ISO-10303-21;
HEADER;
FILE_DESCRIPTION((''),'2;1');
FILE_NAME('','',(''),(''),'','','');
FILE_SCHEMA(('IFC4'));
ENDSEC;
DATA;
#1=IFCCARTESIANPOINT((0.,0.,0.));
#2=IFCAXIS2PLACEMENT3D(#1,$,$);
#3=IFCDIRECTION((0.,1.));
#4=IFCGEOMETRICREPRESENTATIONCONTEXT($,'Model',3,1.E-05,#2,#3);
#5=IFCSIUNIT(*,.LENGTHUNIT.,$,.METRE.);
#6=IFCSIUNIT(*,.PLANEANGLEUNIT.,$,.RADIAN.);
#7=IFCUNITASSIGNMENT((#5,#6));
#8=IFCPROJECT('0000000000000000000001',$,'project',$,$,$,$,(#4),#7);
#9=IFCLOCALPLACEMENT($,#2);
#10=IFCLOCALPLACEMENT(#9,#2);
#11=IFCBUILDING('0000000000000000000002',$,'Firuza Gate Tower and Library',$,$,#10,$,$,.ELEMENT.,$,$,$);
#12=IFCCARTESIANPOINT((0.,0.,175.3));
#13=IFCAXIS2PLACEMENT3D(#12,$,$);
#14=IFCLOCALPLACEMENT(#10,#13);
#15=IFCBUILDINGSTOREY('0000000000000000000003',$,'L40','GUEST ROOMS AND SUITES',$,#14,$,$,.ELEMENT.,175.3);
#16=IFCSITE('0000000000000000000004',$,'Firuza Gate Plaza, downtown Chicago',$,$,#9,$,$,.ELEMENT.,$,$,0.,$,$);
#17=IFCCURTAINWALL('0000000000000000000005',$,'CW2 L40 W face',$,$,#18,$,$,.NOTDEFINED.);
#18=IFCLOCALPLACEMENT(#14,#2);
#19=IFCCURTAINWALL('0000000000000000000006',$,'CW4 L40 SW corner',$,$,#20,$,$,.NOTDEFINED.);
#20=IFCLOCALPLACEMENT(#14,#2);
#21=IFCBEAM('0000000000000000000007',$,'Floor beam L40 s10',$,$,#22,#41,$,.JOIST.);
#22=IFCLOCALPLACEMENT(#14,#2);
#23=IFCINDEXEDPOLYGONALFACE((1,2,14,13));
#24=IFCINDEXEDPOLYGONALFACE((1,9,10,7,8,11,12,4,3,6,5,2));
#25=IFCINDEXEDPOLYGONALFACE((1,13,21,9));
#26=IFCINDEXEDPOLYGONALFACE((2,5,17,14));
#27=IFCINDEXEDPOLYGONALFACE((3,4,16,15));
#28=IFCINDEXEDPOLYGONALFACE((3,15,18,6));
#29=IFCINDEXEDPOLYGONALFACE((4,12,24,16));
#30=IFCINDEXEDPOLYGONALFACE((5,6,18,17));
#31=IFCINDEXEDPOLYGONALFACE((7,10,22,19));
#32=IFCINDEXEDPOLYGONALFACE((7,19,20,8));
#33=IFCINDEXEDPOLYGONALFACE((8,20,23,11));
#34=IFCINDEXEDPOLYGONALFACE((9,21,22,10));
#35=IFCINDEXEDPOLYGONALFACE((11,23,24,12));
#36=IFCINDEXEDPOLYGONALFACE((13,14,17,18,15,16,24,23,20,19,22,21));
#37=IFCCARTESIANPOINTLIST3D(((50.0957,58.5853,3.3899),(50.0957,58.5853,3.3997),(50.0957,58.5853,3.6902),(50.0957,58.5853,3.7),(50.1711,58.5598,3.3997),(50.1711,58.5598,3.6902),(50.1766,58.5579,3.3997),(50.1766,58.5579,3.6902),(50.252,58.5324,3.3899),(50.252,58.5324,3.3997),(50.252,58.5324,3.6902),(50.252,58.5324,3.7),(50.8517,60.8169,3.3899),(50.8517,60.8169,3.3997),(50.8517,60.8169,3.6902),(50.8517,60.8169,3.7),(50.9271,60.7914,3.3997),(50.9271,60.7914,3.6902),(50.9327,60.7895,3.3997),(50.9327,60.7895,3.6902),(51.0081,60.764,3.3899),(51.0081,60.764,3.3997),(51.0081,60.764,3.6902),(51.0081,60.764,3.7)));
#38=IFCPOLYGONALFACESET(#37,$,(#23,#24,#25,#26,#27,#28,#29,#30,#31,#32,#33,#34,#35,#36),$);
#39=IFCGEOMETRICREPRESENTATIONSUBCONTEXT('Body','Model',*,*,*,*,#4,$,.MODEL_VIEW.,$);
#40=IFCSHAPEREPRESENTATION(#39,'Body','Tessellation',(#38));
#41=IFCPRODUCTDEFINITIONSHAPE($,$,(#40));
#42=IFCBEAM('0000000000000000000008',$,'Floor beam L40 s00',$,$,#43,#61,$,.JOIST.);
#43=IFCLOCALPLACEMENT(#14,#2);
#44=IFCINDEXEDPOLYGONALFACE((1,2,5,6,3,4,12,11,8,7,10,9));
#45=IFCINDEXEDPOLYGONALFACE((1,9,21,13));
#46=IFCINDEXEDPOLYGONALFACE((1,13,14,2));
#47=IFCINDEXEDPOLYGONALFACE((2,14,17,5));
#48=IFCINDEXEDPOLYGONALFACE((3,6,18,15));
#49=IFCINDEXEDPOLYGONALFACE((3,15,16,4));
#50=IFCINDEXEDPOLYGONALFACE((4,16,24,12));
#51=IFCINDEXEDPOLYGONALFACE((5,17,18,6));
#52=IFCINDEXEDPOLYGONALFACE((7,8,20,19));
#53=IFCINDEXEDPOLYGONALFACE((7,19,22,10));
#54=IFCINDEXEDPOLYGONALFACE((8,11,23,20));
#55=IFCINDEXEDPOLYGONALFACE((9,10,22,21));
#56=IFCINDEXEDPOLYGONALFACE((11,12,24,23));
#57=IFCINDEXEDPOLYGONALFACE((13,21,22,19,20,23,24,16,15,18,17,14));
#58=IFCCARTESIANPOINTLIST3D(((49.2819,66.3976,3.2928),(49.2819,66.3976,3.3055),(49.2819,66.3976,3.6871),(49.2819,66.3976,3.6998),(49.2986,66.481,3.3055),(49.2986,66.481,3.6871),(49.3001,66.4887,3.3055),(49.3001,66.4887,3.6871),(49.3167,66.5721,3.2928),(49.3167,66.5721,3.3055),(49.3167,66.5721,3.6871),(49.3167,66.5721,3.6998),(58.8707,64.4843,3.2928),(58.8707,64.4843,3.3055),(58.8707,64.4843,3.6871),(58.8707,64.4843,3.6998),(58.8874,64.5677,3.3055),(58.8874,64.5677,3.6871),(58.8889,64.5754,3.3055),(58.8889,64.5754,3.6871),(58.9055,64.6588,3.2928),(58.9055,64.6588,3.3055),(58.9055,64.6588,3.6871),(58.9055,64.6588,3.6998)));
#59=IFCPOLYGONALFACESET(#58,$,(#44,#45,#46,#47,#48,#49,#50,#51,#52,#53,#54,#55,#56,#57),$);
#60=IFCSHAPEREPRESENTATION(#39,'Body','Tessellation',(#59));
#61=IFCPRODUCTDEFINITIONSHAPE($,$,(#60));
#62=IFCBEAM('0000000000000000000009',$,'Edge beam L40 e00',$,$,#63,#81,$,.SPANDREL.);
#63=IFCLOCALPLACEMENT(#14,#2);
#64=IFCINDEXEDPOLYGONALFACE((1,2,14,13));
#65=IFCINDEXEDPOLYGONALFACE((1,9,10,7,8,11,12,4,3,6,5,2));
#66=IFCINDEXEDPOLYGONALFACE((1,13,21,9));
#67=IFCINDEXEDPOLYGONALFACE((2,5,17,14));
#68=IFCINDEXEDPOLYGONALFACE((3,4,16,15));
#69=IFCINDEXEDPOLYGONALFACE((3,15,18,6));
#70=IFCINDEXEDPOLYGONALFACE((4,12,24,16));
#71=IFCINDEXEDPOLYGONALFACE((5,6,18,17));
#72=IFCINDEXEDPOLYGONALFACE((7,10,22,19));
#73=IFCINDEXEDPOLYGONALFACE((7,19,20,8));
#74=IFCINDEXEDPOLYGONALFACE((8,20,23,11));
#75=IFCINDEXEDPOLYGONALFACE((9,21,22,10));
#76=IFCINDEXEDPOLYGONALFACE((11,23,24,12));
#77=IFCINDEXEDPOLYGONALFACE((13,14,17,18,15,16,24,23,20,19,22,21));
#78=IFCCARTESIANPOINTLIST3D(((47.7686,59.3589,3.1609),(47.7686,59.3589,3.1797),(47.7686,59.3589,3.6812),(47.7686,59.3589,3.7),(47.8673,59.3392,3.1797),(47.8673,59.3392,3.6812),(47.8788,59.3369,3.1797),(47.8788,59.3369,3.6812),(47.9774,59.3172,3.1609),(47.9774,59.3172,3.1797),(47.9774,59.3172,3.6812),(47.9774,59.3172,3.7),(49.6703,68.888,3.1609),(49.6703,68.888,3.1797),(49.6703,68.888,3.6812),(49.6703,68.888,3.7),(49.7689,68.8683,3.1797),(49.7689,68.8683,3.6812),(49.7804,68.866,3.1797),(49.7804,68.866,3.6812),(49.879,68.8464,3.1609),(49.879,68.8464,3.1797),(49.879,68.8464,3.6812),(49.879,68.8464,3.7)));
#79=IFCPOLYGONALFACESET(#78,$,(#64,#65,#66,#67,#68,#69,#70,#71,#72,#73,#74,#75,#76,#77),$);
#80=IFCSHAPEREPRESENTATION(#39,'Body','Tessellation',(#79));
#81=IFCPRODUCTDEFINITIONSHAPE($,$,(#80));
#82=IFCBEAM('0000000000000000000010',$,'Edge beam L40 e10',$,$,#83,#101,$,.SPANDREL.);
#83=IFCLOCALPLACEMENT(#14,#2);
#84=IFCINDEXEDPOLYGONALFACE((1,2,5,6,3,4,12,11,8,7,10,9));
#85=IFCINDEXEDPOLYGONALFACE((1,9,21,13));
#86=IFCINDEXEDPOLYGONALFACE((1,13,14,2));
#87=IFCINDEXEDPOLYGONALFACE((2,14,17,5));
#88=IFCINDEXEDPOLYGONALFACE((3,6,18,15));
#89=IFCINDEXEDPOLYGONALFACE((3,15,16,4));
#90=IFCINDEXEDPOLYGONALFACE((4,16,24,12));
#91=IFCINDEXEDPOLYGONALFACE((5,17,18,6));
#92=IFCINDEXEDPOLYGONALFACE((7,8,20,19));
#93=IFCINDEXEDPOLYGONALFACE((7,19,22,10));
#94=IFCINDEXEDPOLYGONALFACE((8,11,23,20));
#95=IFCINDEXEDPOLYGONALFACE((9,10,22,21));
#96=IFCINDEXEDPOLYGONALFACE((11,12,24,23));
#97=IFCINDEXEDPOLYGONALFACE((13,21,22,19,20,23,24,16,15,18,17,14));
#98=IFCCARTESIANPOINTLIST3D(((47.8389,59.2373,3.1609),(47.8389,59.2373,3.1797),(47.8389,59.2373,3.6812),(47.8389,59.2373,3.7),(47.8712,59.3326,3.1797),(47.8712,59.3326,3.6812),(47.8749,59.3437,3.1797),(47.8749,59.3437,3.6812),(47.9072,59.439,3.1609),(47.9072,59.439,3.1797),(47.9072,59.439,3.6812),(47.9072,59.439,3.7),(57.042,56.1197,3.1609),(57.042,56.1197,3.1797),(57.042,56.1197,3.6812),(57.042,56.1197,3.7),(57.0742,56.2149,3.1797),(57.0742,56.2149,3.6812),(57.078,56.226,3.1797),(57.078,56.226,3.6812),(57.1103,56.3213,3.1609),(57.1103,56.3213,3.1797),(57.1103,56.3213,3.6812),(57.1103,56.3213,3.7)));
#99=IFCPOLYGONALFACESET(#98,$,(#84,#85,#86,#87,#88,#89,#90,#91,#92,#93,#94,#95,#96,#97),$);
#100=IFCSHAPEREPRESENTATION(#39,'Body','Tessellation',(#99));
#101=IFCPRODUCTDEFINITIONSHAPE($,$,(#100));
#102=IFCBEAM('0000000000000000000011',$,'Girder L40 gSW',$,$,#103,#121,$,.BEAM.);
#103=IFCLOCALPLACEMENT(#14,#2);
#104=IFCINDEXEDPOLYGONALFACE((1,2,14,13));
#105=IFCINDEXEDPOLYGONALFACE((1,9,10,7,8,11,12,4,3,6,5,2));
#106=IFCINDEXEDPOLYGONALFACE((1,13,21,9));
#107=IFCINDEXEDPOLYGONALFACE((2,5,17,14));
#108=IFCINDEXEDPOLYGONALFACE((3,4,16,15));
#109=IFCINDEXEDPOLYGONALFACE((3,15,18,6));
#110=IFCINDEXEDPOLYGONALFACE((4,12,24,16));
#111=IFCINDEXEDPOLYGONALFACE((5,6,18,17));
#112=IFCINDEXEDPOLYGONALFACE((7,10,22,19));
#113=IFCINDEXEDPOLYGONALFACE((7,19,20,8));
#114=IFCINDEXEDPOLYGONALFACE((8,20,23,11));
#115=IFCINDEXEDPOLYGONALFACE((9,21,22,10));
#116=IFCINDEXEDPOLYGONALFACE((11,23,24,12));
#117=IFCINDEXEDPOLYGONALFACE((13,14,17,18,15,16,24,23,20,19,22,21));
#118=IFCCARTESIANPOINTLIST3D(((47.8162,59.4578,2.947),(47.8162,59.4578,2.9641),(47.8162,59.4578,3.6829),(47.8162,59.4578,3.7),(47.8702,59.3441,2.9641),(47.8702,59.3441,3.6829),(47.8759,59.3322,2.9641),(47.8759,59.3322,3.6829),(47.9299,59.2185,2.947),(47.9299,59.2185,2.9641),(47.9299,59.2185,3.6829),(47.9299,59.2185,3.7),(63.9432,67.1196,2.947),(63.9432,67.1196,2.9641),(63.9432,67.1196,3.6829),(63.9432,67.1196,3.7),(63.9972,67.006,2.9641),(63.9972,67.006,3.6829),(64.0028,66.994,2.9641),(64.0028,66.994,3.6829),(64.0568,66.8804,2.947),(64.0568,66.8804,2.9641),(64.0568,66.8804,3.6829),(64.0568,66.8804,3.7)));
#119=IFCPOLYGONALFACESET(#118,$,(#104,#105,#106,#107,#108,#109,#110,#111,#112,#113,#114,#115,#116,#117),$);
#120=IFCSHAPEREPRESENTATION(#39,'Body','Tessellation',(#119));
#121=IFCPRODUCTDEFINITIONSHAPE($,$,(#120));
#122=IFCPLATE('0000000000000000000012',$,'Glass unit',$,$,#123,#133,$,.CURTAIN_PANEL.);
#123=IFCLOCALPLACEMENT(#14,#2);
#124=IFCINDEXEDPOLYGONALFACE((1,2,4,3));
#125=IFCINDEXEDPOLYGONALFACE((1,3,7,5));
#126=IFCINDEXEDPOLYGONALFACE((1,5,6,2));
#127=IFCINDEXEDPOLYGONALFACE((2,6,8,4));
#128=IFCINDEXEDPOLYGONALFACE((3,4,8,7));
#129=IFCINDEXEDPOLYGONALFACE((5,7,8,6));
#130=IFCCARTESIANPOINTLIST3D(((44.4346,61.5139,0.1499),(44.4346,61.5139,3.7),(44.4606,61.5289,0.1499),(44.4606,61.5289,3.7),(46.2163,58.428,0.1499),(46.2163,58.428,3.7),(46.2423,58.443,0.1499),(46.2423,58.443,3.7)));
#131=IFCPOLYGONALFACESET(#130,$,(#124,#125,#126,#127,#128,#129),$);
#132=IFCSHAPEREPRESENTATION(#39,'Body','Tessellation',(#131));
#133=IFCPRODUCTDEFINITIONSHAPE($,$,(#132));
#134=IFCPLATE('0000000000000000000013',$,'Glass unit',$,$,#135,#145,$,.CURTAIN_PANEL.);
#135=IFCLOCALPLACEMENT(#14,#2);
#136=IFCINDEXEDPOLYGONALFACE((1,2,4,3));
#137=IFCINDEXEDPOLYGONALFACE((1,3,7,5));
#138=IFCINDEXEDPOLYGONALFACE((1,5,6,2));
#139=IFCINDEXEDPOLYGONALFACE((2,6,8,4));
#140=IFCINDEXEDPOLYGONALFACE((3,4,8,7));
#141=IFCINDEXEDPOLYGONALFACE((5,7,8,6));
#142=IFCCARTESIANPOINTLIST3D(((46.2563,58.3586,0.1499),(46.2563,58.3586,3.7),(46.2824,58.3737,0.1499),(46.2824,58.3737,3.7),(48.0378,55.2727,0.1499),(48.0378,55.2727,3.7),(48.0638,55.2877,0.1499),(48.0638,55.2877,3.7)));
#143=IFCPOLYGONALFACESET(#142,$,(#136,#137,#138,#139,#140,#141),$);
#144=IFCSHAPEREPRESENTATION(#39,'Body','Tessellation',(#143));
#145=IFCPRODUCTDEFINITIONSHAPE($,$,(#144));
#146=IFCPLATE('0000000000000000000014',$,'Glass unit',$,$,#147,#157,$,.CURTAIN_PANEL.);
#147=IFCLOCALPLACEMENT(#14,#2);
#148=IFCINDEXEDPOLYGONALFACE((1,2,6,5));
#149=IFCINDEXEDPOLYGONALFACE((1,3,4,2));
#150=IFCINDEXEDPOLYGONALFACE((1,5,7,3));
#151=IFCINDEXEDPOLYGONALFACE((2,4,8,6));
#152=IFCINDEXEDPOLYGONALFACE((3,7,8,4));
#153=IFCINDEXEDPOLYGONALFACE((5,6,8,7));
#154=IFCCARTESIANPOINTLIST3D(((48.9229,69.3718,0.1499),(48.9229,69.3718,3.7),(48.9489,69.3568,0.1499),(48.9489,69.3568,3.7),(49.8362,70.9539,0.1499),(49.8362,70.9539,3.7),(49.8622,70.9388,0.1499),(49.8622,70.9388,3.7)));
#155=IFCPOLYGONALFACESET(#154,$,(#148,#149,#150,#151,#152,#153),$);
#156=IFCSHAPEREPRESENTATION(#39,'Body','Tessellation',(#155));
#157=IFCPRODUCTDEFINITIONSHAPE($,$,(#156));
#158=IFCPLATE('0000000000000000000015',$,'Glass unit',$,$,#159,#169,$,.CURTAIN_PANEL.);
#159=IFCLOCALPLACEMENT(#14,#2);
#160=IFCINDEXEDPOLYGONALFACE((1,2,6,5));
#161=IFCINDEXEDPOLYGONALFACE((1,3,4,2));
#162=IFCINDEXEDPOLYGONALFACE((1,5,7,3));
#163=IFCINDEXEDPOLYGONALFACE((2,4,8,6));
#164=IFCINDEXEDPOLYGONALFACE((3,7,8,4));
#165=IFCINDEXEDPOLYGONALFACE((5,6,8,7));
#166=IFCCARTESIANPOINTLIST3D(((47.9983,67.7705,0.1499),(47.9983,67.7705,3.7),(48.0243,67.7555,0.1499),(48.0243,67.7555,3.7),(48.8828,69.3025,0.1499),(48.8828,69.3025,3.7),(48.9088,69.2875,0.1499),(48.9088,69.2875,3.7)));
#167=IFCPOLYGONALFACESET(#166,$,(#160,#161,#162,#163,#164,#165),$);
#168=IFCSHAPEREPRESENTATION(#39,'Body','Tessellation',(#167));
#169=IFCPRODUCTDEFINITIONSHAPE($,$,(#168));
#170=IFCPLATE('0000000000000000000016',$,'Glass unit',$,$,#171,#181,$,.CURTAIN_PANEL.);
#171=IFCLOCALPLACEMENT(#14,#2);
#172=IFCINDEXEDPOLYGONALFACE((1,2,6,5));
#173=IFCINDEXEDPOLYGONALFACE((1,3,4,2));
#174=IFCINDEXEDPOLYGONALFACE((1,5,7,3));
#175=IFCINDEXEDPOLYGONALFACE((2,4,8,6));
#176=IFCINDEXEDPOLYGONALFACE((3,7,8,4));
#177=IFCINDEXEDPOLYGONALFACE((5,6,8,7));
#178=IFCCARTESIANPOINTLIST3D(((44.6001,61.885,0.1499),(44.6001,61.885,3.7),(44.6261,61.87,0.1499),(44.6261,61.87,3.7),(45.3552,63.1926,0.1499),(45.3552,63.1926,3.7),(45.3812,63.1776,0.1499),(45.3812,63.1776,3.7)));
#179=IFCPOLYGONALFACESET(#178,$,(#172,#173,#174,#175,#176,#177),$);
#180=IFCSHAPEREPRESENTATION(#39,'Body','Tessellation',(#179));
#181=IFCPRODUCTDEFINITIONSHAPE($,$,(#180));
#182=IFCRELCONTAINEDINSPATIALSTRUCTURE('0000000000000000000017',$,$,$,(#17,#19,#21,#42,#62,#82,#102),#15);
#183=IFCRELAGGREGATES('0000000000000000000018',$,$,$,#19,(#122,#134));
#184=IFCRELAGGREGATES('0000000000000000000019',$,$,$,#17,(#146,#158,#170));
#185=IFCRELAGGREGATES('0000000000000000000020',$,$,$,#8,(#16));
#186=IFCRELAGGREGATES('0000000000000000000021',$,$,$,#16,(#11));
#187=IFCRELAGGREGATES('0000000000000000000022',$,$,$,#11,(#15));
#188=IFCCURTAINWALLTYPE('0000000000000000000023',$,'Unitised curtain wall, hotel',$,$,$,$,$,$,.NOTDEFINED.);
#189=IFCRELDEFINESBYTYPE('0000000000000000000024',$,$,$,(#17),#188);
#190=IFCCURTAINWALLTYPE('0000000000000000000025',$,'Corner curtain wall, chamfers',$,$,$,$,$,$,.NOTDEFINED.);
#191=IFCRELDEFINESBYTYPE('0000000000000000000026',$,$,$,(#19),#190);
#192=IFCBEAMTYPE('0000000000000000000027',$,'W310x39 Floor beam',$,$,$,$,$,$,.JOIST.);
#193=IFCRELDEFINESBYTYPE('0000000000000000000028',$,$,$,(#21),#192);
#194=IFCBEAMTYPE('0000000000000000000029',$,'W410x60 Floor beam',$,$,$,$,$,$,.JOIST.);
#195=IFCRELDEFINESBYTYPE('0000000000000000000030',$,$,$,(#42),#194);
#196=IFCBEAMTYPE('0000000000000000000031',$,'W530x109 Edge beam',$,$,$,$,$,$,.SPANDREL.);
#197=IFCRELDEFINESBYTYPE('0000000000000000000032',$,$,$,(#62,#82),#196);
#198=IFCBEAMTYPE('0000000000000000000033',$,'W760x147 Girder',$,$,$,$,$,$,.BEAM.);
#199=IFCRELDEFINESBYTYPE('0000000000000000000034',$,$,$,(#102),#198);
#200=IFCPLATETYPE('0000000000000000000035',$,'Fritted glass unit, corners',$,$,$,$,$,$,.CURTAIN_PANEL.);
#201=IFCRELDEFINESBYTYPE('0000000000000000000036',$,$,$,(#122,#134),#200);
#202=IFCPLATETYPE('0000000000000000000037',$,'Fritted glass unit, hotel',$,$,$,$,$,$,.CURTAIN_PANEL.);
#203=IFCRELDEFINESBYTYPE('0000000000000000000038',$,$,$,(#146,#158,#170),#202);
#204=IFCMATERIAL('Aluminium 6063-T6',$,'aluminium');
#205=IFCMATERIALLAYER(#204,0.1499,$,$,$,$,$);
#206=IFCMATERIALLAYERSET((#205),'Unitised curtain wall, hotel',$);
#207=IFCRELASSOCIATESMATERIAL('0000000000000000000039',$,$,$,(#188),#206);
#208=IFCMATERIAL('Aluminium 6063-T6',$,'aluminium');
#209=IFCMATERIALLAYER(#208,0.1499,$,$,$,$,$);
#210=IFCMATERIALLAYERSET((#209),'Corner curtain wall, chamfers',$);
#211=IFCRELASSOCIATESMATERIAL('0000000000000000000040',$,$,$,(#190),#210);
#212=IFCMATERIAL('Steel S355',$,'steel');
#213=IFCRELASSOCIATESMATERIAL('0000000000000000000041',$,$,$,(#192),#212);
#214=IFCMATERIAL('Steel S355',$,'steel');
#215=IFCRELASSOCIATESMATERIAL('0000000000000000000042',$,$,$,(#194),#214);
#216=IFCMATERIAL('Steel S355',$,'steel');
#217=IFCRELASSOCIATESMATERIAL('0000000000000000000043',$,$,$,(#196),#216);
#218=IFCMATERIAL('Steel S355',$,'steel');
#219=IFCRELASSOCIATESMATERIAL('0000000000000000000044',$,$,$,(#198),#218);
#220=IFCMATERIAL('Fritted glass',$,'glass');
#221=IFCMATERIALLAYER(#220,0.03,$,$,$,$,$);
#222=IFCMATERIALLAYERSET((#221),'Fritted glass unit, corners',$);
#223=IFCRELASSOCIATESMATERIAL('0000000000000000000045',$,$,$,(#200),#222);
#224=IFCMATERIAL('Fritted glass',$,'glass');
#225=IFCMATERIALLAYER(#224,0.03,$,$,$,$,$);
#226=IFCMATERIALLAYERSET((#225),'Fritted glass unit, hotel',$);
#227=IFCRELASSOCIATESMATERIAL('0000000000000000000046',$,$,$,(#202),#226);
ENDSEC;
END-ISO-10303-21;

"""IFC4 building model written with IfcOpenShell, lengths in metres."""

from ifc_helpers import new_model, si_unit, direction, frame, origin, origin_2d, place, context, subcontext, project, spatial, polyline, i_section, outline, extrude, material, layer, layer_set, material_profile, profile_set, type_object, element, aggregate, save


model = new_model("IFC4")

# Units and contexts
model_context = context("Model", 3, precision=1e-05, world=origin(), true_north=direction((0.0, 1.0)))
body_context = subcontext(model_context, "Body", "Model", "MODEL_VIEW")
ifc_project = project(units=[si_unit("LENGTHUNIT", "METRE"), si_unit("PLANEANGLEUNIT", "RADIAN")], contexts=[model_context])

# Site, building, storey
site_placement = place(None, origin())
site = spatial("IfcSite", under=ifc_project, at=site_placement, Name="Firuza Gate Plaza, downtown Chicago", CompositionType="ELEMENT", RefElevation=0.0)
building_placement = place(site_placement, origin())
building = spatial("IfcBuilding", under=site, at=building_placement, Name="Firuza Gate Tower and Library", CompositionType="ELEMENT")
storey_placement = place(building_placement, frame((0.0, 0.0, 175.3)))
storey = spatial("IfcBuildingStorey", under=building, at=storey_placement, Name="L40", Description="GUEST ROOMS AND SUITES", CompositionType="ELEMENT", Elevation=175.3)

# Curtain walls
ifc_material_1 = material(Name="Aluminium 6063-T6", Category="aluminium")
ifc_layer_1 = layer(ifc_material_1, 0.1499)
ifc_layer_set_1 = layer_set([ifc_layer_1], Name="Unitised curtain wall, hotel")
curtain_wall_type_1 = type_object("IfcCurtainWallType", Name="Unitised curtain wall, hotel", PredefinedType="NOTDEFINED", material=ifc_layer_set_1)
placement = place(storey_placement, origin())
curtain_wall_1 = element("IfcCurtainWall", 1, at=placement, inside=storey, type_object=curtain_wall_type_1, Name="CW2 L40 W face", PredefinedType="NOTDEFINED")
ifc_material_2 = material(Name="Aluminium 6063-T6", Category="aluminium")
ifc_layer_2 = layer(ifc_material_2, 0.1499)
ifc_layer_set_2 = layer_set([ifc_layer_2], Name="Corner curtain wall, chamfers")
curtain_wall_type_2 = type_object("IfcCurtainWallType", Name="Corner curtain wall, chamfers", PredefinedType="NOTDEFINED", material=ifc_layer_set_2)
curtain_wall_2 = element("IfcCurtainWall", 2, at=placement, inside=storey, type_object=curtain_wall_type_2, Name="CW4 L40 SW corner", PredefinedType="NOTDEFINED")

# Beams
ifc_material_3 = material(Name="Steel S355", Category="steel")
ifc_material_profile_1 = material_profile(ifc_material_3, i_section(OverallWidth=0.165, OverallDepth=0.3101, WebThickness=0.0059, FlangeThickness=0.0098, at=origin_2d()))
ifc_profile_set_1 = profile_set([ifc_material_profile_1], Name="Steel S355")
beam_type_1 = type_object("IfcBeamType", Name="W310x39 Floor beam", PredefinedType="JOIST", material=ifc_profile_set_1)
beam_1_placement = place(storey_placement, frame((50.1738, 58.5588, 3.5449), z_axis=(0.320886, 0.947118, 0.0), x_axis=(-0.947118, 0.320886, 0.0)))
element("IfcBeam", 3, at=beam_1_placement, inside=storey, type_object=beam_type_1, Name="Floor beam L40 s10", PredefinedType="JOIST", context=body_context, shape_type="SweptSolid", body=[
    extrude(i_section(OverallWidth=0.165, OverallDepth=0.3101, WebThickness=0.0059, FlangeThickness=0.0098, at=origin_2d()), origin(), (0.0, 0.0, 1.0), 2.3562),
])
ifc_material_4 = material(Name="Steel S355", Category="steel")
ifc_material_profile_2 = material_profile(ifc_material_4, i_section(OverallWidth=0.178, OverallDepth=0.407, WebThickness=0.0078, FlangeThickness=0.0127, at=origin_2d()))
ifc_profile_set_2 = profile_set([ifc_material_profile_2], Name="Steel S355")
beam_type_2 = type_object("IfcBeamType", Name="W410x60 Floor beam", PredefinedType="JOIST", material=ifc_profile_set_2)
beam_2_placement = place(storey_placement, frame((49.2993, 66.4849, 3.4963), z_axis=(0.980668, -0.195679, 0.0), x_axis=(0.195679, 0.980668, 0.0)))
element("IfcBeam", 4, at=beam_2_placement, inside=storey, type_object=beam_type_2, Name="Floor beam L40 s00", PredefinedType="JOIST", context=body_context, shape_type="SweptSolid", body=[
    extrude(i_section(OverallWidth=0.178, OverallDepth=0.407, WebThickness=0.0078, FlangeThickness=0.0127, at=origin_2d()), origin(), (0.0, 0.0, 1.0), 9.7778),
])
ifc_material_5 = material(Name="Steel S355", Category="steel")
ifc_material_profile_3 = material_profile(ifc_material_5, i_section(OverallWidth=0.2129, OverallDepth=0.5391, WebThickness=0.0117, FlangeThickness=0.0188, at=origin_2d()))
ifc_profile_set_3 = profile_set([ifc_material_profile_3], Name="Steel S355")
beam_type_3 = type_object("IfcBeamType", Name="W530x109 Edge beam", PredefinedType="SPANDREL", material=ifc_profile_set_3)
beam_3_placement = place(storey_placement, frame((49.7747, 68.8672, 3.4304), z_axis=(-0.195701, -0.980664, 0.0), x_axis=(0.980664, -0.195701, 0.0)))
element("IfcBeam", 5, at=beam_3_placement, inside=storey, type_object=beam_type_3, Name="Edge beam L40 e00", PredefinedType="SPANDREL", context=body_context, shape_type="SweptSolid", body=[
    extrude(i_section(OverallWidth=0.2129, OverallDepth=0.5391, WebThickness=0.0117, FlangeThickness=0.0188, at=origin_2d()), origin(), (0.0, 0.0, 1.0), 9.717),
])
beam_4_placement = place(storey_placement, frame((47.873, 59.3381, 3.4304), z_axis=(0.947129, -0.320852, 0.0), x_axis=(0.320852, 0.947129, 0.0)))
element("IfcBeam", 6, at=beam_4_placement, inside=storey, type_object=beam_type_3, Name="Edge beam L40 e10", PredefinedType="SPANDREL", context=body_context, shape_type="SweptSolid", body=[
    extrude(i_section(OverallWidth=0.2129, OverallDepth=0.5391, WebThickness=0.0117, FlangeThickness=0.0188, at=origin_2d()), origin(), (0.0, 0.0, 1.0), 9.7168),
])
ifc_material_6 = material(Name="Steel S355", Category="steel")
ifc_material_profile_4 = material_profile(ifc_material_6, i_section(OverallWidth=0.2649, OverallDepth=0.7529, WebThickness=0.0132, FlangeThickness=0.0171, at=origin_2d()))
ifc_profile_set_4 = profile_set([ifc_material_profile_4], Name="Steel S355")
beam_type_4 = type_object("IfcBeamType", Name="W760x147 Girder", PredefinedType="BEAM", material=ifc_profile_set_4)
beam_5_placement = place(storey_placement, frame((47.873, 59.3381, 3.3235), z_axis=(0.903244, 0.429128, 0.0), x_axis=(-0.429128, 0.903244, 0.0)))
element("IfcBeam", 7, at=beam_5_placement, inside=storey, type_object=beam_type_4, Name="Girder L40 gSW", PredefinedType="BEAM", context=body_context, shape_type="SweptSolid", body=[
    extrude(i_section(OverallWidth=0.2649, OverallDepth=0.7529, WebThickness=0.0132, FlangeThickness=0.0171, at=origin_2d()), origin(), (0.0, 0.0, 1.0), 17.8545),
])

# Plates
ifc_material_7 = material(Name="Fritted glass", Category="glass")
ifc_layer_3 = layer(ifc_material_7, 0.03)
ifc_layer_set_3 = layer_set([ifc_layer_3], Name="Fritted glass unit, corners")
plate_type_1 = type_object("IfcPlateType", Name="Fritted glass unit, corners", PredefinedType="CURTAIN_PANEL", material=ifc_layer_set_3)
plate_1_placement = place(storey_placement, frame((44.4346, 61.5139, 0.1499), z_axis=(-0.866017, -0.500015, 0.0), x_axis=(0.500015, -0.866017, 0.0)))
plate_1 = element("IfcPlate", 8, at=plate_1_placement, type_object=plate_type_1, Name="Glass unit", PredefinedType="CURTAIN_PANEL", context=body_context, shape_type="SweptSolid", body=[
    extrude(outline(polyline([(0.0, 0.0), (3.5634, 0.0), (3.5634, 3.55), (0.0, 3.55), (0.0, 0.0)])), origin(), (0.0, 0.0, -1.0), 0.03),
])
plate_2_placement = place(storey_placement, frame((46.2563, 58.3586, 0.1499), z_axis=(-0.866046, -0.499964, 0.0), x_axis=(0.499964, -0.866046, 0.0)))
plate_2 = element("IfcPlate", 9, at=plate_2_placement, type_object=plate_type_1, Name="Glass unit", PredefinedType="CURTAIN_PANEL", context=body_context, shape_type="SweptSolid", body=[
    extrude(outline(polyline([(0.0, 0.0), (3.5632, 0.0), (3.5632, 3.55), (0.0, 3.55), (0.0, 0.0)])), origin(), (0.0, 0.0, -1.0), 0.03),
])
aggregate(curtain_wall_2, [plate_1, plate_2])
ifc_material_8 = material(Name="Fritted glass", Category="glass")
ifc_layer_4 = layer(ifc_material_8, 0.03)
ifc_layer_set_4 = layer_set([ifc_layer_4], Name="Fritted glass unit, hotel")
plate_type_2 = type_object("IfcPlateType", Name="Fritted glass unit, hotel", PredefinedType="CURTAIN_PANEL", material=ifc_layer_set_4)
plate_3_placement = place(storey_placement, frame((49.8362, 70.9539, 0.1499), z_axis=(-0.866039, 0.499977, 0.0), x_axis=(-0.499977, -0.866039, 0.0)))
plate_3 = element("IfcPlate", 10, at=plate_3_placement, type_object=plate_type_2, Name="Glass unit", PredefinedType="CURTAIN_PANEL", context=body_context, shape_type="SweptSolid", body=[
    extrude(outline(polyline([(0.0, 0.0), (1.8267, 0.0), (1.8267, 3.55), (0.0, 3.55), (0.0, 0.0)])), origin(), (0.0, 0.0, -1.0), 0.03),
])
plate_4_placement = place(storey_placement, frame((48.8828, 69.3025, 0.1499), z_axis=(-0.866018, 0.500013, 0.0), x_axis=(-0.500013, -0.866018, 0.0)))
plate_4 = element("IfcPlate", 11, at=plate_4_placement, type_object=plate_type_2, Name="Glass unit", PredefinedType="CURTAIN_PANEL", context=body_context, shape_type="SweptSolid", body=[
    extrude(outline(polyline([(0.0, 0.0), (1.769, 0.0), (1.769, 3.55), (0.0, 3.55), (0.0, 0.0)])), origin(), (0.0, 0.0, -1.0), 0.03),
])
plate_5_placement = place(storey_placement, frame((45.3552, 63.1926, 0.1499), z_axis=(-0.865976, 0.500086, 0.0), x_axis=(-0.500086, -0.865976, 0.0)))
plate_5 = element("IfcPlate", 12, at=plate_5_placement, type_object=plate_type_2, Name="Glass unit", PredefinedType="CURTAIN_PANEL", context=body_context, shape_type="SweptSolid", body=[
    extrude(outline(polyline([(0.0, 0.0), (1.51, 0.0), (1.51, 3.55), (0.0, 3.55), (0.0, 0.0)])), origin(), (0.0, 0.0, -1.0), 0.03),
])
aggregate(curtain_wall_1, [plate_3, plate_4, plate_5])

save(model, "model.ifc")
